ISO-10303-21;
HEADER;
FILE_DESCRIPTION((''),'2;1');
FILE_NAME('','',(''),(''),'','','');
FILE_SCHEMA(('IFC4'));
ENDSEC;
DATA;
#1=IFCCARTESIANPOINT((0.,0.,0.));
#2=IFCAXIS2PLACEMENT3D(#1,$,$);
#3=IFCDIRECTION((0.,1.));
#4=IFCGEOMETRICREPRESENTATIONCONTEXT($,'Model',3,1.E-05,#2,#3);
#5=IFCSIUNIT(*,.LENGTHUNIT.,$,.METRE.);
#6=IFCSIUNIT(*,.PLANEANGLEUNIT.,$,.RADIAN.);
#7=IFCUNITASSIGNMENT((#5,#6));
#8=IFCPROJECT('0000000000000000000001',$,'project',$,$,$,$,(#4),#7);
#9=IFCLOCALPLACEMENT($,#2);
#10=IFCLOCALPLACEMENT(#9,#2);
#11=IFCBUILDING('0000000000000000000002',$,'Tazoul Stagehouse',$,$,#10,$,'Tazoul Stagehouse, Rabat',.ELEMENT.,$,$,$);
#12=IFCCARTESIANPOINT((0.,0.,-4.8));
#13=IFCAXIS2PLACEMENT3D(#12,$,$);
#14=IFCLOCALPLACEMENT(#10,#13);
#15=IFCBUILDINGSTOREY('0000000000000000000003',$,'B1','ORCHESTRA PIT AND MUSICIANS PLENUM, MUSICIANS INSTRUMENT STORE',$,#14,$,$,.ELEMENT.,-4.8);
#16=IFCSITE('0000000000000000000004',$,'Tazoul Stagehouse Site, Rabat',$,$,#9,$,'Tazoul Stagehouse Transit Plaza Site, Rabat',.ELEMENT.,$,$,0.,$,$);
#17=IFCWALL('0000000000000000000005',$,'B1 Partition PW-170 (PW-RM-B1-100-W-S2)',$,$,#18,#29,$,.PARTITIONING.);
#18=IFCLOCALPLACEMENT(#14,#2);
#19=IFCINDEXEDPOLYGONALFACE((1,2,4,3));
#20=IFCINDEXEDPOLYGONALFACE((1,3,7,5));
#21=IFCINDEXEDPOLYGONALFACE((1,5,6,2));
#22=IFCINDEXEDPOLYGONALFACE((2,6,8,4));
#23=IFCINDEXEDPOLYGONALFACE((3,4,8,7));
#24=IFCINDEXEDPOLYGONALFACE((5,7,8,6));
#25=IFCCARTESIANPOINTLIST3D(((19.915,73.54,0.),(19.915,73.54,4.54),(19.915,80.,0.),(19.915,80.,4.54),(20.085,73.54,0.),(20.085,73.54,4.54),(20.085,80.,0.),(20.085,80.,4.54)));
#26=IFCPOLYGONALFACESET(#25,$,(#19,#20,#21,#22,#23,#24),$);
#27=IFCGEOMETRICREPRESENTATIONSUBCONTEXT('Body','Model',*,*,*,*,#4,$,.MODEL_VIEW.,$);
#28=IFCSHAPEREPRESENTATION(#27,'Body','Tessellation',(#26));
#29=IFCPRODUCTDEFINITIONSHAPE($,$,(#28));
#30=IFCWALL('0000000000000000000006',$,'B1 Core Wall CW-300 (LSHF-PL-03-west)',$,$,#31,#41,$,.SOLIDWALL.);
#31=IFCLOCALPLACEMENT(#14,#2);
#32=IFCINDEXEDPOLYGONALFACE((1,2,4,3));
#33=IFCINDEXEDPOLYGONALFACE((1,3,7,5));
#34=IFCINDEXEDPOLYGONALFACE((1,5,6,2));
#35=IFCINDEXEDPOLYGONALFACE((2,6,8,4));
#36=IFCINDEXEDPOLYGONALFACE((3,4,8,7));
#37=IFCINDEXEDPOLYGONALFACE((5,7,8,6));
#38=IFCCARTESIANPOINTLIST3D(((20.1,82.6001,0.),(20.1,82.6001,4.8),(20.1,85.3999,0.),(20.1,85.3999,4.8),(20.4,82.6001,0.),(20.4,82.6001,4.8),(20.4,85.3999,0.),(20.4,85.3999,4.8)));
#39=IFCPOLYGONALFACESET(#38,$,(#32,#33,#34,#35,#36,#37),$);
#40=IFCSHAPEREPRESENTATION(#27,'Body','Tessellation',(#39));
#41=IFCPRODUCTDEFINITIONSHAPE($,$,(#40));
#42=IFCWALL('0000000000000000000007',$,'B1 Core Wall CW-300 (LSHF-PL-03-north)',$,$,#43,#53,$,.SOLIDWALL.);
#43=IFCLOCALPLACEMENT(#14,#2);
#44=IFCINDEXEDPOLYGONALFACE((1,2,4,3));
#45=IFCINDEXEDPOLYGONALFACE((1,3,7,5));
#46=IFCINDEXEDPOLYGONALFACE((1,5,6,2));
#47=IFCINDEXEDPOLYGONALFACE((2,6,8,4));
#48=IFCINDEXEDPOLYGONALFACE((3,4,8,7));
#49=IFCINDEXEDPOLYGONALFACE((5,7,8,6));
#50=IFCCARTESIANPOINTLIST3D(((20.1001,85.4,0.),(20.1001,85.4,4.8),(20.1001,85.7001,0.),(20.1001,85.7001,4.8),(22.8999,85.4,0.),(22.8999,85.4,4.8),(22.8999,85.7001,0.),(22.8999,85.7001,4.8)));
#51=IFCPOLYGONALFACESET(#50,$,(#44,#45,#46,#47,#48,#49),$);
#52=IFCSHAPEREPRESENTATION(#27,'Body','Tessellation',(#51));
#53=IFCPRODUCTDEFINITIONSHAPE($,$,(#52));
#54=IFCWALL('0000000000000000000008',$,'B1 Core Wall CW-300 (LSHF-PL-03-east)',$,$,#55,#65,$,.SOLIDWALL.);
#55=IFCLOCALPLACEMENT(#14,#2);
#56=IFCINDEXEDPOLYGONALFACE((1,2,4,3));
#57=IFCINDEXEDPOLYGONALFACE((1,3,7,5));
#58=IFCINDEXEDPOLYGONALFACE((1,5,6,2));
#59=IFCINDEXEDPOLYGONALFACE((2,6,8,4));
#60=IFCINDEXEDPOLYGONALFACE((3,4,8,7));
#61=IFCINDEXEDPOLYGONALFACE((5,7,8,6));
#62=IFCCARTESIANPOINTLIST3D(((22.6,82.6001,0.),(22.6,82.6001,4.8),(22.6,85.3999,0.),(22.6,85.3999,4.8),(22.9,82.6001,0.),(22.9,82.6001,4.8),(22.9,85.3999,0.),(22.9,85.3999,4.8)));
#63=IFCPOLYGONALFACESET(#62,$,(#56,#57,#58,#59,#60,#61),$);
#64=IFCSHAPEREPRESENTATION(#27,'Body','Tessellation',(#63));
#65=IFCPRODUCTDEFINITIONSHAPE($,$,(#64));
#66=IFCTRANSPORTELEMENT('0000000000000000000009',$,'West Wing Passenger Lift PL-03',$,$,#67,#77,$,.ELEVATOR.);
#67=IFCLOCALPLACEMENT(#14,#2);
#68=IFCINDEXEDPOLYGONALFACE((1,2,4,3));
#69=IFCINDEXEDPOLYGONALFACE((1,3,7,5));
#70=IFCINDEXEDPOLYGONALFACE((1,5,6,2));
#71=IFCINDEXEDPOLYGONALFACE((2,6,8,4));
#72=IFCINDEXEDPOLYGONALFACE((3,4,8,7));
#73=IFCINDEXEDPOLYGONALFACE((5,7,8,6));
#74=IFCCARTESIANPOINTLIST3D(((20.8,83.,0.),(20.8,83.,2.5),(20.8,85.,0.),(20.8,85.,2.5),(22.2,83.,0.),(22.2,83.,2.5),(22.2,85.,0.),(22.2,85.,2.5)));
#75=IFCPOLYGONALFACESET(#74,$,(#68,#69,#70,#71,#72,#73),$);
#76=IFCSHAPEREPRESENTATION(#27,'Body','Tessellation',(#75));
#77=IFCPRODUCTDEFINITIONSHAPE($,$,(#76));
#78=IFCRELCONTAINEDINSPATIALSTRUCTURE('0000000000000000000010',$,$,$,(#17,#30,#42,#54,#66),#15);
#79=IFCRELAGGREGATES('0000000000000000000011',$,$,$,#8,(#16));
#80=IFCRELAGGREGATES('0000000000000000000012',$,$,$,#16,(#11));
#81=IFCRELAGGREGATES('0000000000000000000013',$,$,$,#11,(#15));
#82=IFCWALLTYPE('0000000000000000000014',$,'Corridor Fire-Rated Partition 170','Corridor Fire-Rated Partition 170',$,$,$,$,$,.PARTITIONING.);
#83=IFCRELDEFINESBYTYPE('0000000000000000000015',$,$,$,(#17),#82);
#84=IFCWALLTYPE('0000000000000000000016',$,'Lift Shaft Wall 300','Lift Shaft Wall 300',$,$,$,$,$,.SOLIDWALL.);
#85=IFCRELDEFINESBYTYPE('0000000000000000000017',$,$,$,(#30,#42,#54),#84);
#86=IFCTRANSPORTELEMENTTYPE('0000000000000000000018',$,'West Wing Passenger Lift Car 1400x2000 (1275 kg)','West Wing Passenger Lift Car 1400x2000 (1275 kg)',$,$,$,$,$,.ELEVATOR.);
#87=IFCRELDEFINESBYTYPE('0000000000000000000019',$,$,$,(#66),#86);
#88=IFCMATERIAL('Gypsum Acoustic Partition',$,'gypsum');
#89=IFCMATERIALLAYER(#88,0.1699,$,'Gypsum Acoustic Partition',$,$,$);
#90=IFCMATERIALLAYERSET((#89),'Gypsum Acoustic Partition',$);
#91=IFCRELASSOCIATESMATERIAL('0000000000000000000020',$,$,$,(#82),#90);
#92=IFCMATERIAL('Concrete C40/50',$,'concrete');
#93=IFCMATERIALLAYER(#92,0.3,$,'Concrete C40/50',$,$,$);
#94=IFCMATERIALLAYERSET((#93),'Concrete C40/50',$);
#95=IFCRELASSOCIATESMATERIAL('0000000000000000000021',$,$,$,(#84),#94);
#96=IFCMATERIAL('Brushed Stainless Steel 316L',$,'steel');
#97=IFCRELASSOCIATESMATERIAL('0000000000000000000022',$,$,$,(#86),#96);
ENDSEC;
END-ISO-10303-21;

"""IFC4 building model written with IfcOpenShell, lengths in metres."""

from ifc_helpers import new_model, si_unit, direction, frame, frame_2d, origin, origin_2d, place, context, subcontext, project, spatial, rectangle, extrude, material, layer, layer_set, type_object, element, save


model = new_model("IFC4")

# Units and contexts
model_context = context("Model", 3, precision=1e-05, world=origin(), true_north=direction((0.0, 1.0)))
body_context = subcontext(model_context, "Body", "Model", "MODEL_VIEW")
ifc_project = project(units=[si_unit("LENGTHUNIT", "METRE"), si_unit("PLANEANGLEUNIT", "RADIAN")], contexts=[model_context])

# Site, building, storey
site_placement = place(None, origin())
site = spatial("IfcSite", under=ifc_project, at=site_placement, Name="Tazoul Stagehouse Site, Rabat", LongName="Tazoul Stagehouse Transit Plaza Site, Rabat", CompositionType="ELEMENT", RefElevation=0.0)
building_placement = place(site_placement, origin())
building = spatial("IfcBuilding", under=site, at=building_placement, Name="Tazoul Stagehouse", LongName="Tazoul Stagehouse, Rabat", CompositionType="ELEMENT")
storey_placement = place(building_placement, frame((0.0, 0.0, -4.8)))
storey = spatial("IfcBuildingStorey", under=building, at=storey_placement, Name="B1", Description="ORCHESTRA PIT AND MUSICIANS PLENUM, MUSICIANS INSTRUMENT STORE", CompositionType="ELEMENT", Elevation=-4.8)

# Shared definitions
ifc_material_1 = material(Name="Concrete C40/50", Category="concrete")

# Wall
ifc_material_2 = material(Name="Gypsum Acoustic Partition", Category="gypsum")
ifc_layer_1 = layer(ifc_material_2, 0.1699, Name="Gypsum Acoustic Partition")
ifc_layer_set_1 = layer_set([ifc_layer_1], Name="Gypsum Acoustic Partition")
wall_type_1 = type_object("IfcWallType", Name="Corridor Fire-Rated Partition 170", Description="Corridor Fire-Rated Partition 170", PredefinedType="PARTITIONING", material=ifc_layer_set_1)
wall_1_placement = place(storey_placement, frame((20.0, 73.54, 0.0), z_axis=(0.0, 0.0, 1.0), x_axis=(0.0, 1.0, 0.0)))
element("IfcWall", 1, at=wall_1_placement, inside=storey, type_object=wall_type_1, Name="B1 Partition PW-170 (PW-RM-B1-100-W-S2)", PredefinedType="PARTITIONING", context=body_context, shape_type="SweptSolid", body=[
    extrude(rectangle(XDim=6.46, YDim=0.1699, at=frame_2d((3.23, 0.0))), origin(), (0.0, 0.0, 1.0), 4.54),
])

# Shared definitions
ifc_layer_2 = layer(ifc_material_1, 0.3, Name="Concrete C40/50")
ifc_layer_set_2 = layer_set([ifc_layer_2], Name="Concrete C40/50")
wall_type_2 = type_object("IfcWallType", Name="Lift Shaft Wall 300", Description="Lift Shaft Wall 300", PredefinedType="SOLIDWALL", material=ifc_layer_set_2)

# Walls
for number, where, z_axis, x_axis, name in (
    (2, (20.25, 82.6001, 0.0), (0.0, 0.0, 1.0), (0.0, 1.0, 0.0), "B1 Core Wall CW-300 (LSHF-PL-03-west)"),
    (3, (20.1001, 85.55, 0.0), (0.0, 0.0, 1.0), (1.0, 0.0, 0.0), "B1 Core Wall CW-300 (LSHF-PL-03-north)"),
    (4, (22.75, 85.3999, 0.0), (0.0, 0.0, 1.0), (0.0, -1.0, 0.0), "B1 Core Wall CW-300 (LSHF-PL-03-east)"),
):
    element("IfcWall", number, at=place(storey_placement, frame(where, z_axis=z_axis, x_axis=x_axis)), inside=storey, type_object=wall_type_2, Name=name, PredefinedType="SOLIDWALL", context=body_context, shape_type="SweptSolid", body=[
        extrude(rectangle(XDim=2.7998, YDim=0.3, at=frame_2d((1.3999, 0.0))), origin(), (0.0, 0.0, 1.0), 4.8),
    ])

# Transport element
ifc_material_3 = material(Name="Brushed Stainless Steel 316L", Category="steel")
transport_element_type = type_object("IfcTransportElementType", Name="West Wing Passenger Lift Car 1400x2000 (1275 kg)", Description="West Wing Passenger Lift Car 1400x2000 (1275 kg)", PredefinedType="ELEVATOR", material=ifc_material_3)
transport_element_placement = place(storey_placement, frame((21.5, 84.0, 0.0), z_axis=(0.0, 0.0, 1.0), x_axis=(1.0, 0.0, 0.0)))
element("IfcTransportElement", 5, at=transport_element_placement, inside=storey, type_object=transport_element_type, Name="West Wing Passenger Lift PL-03", PredefinedType="ELEVATOR", context=body_context, shape_type="SweptSolid", body=[
    extrude(rectangle(XDim=1.3999, YDim=2.0, at=origin_2d()), origin(), (0.0, 0.0, 1.0), 2.5),
])

save(model, "model.ifc")
